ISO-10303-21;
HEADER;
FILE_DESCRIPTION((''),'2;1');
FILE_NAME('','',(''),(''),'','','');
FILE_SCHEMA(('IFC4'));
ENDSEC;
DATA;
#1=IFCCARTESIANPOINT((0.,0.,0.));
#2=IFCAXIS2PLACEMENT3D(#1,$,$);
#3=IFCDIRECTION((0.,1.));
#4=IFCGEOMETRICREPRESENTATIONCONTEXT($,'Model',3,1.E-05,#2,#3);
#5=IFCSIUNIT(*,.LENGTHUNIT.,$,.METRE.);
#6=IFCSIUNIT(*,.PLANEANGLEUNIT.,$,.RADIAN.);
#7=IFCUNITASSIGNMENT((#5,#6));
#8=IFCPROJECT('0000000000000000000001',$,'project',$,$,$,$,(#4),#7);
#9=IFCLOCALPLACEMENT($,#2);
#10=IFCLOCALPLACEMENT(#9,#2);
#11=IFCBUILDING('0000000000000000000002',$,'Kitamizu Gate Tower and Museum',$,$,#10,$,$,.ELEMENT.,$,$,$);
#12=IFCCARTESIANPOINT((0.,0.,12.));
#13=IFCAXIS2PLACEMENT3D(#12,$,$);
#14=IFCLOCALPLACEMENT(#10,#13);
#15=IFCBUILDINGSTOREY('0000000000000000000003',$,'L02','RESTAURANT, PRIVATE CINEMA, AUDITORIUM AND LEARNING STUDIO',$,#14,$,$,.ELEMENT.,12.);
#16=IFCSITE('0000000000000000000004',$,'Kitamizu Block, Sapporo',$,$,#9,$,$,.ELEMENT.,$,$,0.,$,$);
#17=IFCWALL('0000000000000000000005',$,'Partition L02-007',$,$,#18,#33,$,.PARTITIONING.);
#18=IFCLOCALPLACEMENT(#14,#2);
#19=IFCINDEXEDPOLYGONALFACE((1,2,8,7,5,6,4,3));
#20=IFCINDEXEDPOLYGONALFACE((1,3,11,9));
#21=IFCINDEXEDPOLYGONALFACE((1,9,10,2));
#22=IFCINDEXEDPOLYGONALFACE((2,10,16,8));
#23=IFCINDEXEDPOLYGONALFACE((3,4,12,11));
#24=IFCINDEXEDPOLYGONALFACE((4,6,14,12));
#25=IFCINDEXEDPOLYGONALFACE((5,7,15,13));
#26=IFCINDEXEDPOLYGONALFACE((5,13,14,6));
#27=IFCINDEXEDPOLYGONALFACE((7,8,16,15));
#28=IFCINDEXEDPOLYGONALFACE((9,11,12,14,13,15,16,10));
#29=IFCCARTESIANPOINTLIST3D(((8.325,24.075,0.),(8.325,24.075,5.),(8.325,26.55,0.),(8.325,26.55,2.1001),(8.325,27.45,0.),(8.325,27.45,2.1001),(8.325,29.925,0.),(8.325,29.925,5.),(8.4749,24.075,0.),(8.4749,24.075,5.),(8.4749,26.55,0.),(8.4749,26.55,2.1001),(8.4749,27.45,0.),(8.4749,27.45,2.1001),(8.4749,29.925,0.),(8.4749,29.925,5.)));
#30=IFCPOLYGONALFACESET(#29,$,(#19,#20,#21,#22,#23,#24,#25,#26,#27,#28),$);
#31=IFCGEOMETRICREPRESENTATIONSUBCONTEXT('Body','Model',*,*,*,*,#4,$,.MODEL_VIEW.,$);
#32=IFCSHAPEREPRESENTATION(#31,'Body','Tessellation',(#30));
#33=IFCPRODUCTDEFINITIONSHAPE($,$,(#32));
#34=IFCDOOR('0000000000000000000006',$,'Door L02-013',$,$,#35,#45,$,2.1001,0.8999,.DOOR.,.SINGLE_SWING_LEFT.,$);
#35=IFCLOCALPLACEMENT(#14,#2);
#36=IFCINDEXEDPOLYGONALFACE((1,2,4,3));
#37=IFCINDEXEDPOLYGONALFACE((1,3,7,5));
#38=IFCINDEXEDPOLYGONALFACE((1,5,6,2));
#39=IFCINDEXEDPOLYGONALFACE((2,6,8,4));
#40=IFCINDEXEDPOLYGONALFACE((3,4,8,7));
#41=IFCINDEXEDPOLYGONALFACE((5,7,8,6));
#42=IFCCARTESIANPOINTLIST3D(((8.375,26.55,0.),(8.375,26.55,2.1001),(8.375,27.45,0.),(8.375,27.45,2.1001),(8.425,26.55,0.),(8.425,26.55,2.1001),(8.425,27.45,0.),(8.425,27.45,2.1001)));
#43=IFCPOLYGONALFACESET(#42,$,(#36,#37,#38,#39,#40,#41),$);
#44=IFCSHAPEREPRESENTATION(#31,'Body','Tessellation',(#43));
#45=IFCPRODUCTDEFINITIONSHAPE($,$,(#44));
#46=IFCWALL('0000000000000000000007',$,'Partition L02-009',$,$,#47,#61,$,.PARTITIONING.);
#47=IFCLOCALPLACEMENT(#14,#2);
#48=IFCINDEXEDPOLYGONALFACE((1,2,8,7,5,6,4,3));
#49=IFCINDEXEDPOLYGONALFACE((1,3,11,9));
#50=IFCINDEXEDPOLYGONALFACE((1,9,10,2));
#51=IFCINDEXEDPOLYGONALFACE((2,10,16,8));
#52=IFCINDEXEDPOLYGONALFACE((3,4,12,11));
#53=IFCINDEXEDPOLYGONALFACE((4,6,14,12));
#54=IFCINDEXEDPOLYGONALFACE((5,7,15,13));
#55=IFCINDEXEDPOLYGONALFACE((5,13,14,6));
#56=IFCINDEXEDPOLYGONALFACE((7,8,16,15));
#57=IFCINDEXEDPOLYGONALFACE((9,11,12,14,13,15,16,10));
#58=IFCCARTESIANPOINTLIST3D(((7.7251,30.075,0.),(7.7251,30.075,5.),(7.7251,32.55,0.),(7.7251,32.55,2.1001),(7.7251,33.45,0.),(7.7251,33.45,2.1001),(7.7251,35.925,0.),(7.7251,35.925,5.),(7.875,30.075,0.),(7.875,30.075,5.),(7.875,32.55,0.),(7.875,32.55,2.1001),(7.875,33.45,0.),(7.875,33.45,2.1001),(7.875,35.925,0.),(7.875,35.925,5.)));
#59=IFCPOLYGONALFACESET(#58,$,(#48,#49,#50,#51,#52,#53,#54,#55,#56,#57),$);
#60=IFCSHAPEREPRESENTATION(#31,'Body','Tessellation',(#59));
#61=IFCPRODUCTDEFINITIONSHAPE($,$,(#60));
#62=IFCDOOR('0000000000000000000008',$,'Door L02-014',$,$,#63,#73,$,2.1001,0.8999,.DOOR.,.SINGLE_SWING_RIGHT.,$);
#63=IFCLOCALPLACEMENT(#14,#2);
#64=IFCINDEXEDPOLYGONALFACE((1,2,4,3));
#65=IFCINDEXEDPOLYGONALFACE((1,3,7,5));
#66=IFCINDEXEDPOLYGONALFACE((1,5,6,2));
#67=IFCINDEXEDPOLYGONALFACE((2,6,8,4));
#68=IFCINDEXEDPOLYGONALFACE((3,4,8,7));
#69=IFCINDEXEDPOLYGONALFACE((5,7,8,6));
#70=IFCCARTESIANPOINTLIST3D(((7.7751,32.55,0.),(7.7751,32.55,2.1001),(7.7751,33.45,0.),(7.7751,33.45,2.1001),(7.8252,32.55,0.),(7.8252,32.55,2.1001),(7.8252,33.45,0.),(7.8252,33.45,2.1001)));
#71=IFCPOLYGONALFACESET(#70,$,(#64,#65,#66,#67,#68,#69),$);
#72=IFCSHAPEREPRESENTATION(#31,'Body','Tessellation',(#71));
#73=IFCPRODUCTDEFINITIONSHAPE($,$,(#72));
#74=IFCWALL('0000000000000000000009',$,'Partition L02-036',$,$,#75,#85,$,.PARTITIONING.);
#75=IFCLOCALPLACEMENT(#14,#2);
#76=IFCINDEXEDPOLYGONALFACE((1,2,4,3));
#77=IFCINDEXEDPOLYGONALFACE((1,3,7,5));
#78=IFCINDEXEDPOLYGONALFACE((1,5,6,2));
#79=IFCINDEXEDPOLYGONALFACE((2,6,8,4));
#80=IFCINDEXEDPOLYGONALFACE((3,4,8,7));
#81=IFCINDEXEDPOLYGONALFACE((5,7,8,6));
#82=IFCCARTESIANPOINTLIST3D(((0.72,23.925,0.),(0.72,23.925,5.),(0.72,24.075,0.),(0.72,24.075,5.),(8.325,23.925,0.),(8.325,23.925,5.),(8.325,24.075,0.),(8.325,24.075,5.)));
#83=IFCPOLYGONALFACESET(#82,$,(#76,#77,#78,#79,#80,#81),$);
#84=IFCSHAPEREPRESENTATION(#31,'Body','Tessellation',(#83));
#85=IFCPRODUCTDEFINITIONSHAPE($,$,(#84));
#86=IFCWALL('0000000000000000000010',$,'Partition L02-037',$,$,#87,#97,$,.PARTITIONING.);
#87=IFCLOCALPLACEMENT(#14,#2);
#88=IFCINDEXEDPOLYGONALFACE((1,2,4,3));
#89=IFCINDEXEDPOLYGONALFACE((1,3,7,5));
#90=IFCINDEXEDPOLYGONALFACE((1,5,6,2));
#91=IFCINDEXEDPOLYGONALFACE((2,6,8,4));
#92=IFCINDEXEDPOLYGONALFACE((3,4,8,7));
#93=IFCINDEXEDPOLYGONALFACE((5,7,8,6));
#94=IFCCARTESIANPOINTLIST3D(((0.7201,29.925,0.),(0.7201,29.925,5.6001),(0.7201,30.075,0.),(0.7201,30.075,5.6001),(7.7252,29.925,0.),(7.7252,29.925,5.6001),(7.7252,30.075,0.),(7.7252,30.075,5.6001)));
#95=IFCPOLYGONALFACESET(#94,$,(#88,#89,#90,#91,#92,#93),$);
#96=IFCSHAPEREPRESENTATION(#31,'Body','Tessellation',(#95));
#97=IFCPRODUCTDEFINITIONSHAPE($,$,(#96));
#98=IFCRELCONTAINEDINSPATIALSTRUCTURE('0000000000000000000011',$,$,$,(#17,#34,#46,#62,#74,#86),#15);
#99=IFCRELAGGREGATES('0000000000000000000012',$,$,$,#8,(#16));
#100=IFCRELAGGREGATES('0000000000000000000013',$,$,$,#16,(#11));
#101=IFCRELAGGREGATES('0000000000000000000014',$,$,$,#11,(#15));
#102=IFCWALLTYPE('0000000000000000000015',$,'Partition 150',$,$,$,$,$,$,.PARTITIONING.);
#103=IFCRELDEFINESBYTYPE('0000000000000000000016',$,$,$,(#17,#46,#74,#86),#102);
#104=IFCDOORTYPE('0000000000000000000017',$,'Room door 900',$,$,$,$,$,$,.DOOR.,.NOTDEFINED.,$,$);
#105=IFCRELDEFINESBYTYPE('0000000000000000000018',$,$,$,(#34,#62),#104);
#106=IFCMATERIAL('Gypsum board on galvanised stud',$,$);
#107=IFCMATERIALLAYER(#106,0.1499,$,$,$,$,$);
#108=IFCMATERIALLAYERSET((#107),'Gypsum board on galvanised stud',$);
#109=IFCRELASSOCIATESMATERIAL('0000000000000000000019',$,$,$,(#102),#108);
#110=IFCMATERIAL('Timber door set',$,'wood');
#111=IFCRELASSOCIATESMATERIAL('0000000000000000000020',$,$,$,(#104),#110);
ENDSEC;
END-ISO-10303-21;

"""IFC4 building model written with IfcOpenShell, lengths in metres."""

from ifc_helpers import new_model, si_unit, direction, frame, frame_2d, origin, place, context, subcontext, project, spatial, rectangle, extrude, material, layer, layer_set, type_object, element, fill, save


model = new_model("IFC4")

# Units and contexts
model_context = context("Model", 3, precision=1e-05, world=origin(), true_north=direction((0.0, 1.0)))
body_context = subcontext(model_context, "Body", "Model", "MODEL_VIEW")
ifc_project = project(units=[si_unit("LENGTHUNIT", "METRE"), si_unit("PLANEANGLEUNIT", "RADIAN")], contexts=[model_context])

# Site, building, storey
site_placement = place(None, origin())
site = spatial("IfcSite", under=ifc_project, at=site_placement, Name="Kitamizu Block, Sapporo", CompositionType="ELEMENT", RefElevation=0.0)
building_placement = place(site_placement, origin())
building = spatial("IfcBuilding", under=site, at=building_placement, Name="Kitamizu Gate Tower and Museum", CompositionType="ELEMENT")
storey_placement = place(building_placement, frame((0.0, 0.0, 12.0)))
storey = spatial("IfcBuildingStorey", under=building, at=storey_placement, Name="L02", Description="RESTAURANT, PRIVATE CINEMA, AUDITORIUM AND LEARNING STUDIO", CompositionType="ELEMENT", Elevation=12.0)

# Shared definitions
ifc_material_1 = material(Name="Gypsum board on galvanised stud")
ifc_layer_1 = layer(ifc_material_1, 0.1499)
ifc_layer_set_1 = layer_set([ifc_layer_1], Name="Gypsum board on galvanised stud")
wall_type_1 = type_object("IfcWallType", Name="Partition 150", PredefinedType="PARTITIONING", material=ifc_layer_set_1)

# Shared definitions
ifc_material_2 = material(Name="Timber door set", Category="wood")
door_type_1 = type_object("IfcDoorType", Name="Room door 900", OperationType="NOTDEFINED", PredefinedType="DOOR", material=ifc_material_2)

# Walls, openings, doors
wall_1_placement = place(storey_placement, frame((8.3999, 29.925, 0.0), z_axis=(0.0, 0.0, 1.0), x_axis=(0.0, -1.0, 0.0)))
wall_1 = element("IfcWall", 1, at=wall_1_placement, inside=storey, type_object=wall_type_1, Name="Partition L02-007", PredefinedType="PARTITIONING", context=body_context, shape_type="SweptSolid", body=[
    extrude(rectangle(XDim=5.8501, YDim=0.1499, at=frame_2d((2.925, 0.0))), origin(), (0.0, 0.0, 1.0), 5.0),
])
opening_1_placement = place(wall_1_placement, frame((2.4751, 0.0, 0.0)))
opening_1 = element("IfcOpeningElement", 2, at=opening_1_placement, cuts=wall_1, PredefinedType="OPENING", context=body_context, shape_type="SweptSolid", body=[
    extrude(rectangle(XDim=0.8999, YDim=2.1001, at=frame_2d((0.45, 1.05))), frame((0.0, 0.085, 0.0), z_axis=(0.0, -1.0, 0.0), x_axis=(1.0, 0.0, 0.0)), (0.0, 0.0, 1.0), 0.1699),
])
door_1_placement = place(opening_1_placement, frame((0.8999, 0.0, 0.0), x_axis=(-1.0, 0.0, 0.0)))
door_1 = element("IfcDoor", 3, at=door_1_placement, inside=storey, type_object=door_type_1, Name="Door L02-013", OperationType="SINGLE_SWING_LEFT", OverallHeight=2.1001, OverallWidth=0.8999, PredefinedType="DOOR", context=body_context, shape_type="SweptSolid", body=[
    extrude(rectangle(XDim=0.8999, YDim=2.1001, at=frame_2d((0.45, 1.05))), frame((0.0, 0.0249, 0.0), z_axis=(0.0, -1.0, 0.0), x_axis=(1.0, 0.0, 0.0)), (0.0, 0.0, 1.0), 0.05),
])
fill(opening_1, door_1)
wall_2_placement = place(storey_placement, frame((7.8, 35.925, 0.0), z_axis=(0.0, 0.0, 1.0), x_axis=(0.0, -1.0, 0.0)))
wall_2 = element("IfcWall", 4, at=wall_2_placement, inside=storey, type_object=wall_type_1, Name="Partition L02-009", PredefinedType="PARTITIONING", context=body_context, shape_type="SweptSolid", body=[
    extrude(rectangle(XDim=5.8501, YDim=0.1499, at=frame_2d((2.925, 0.0))), origin(), (0.0, 0.0, 1.0), 5.0),
])
opening_2_placement = place(wall_2_placement, frame((2.4751, 0.0, 0.0)))
opening_2 = element("IfcOpeningElement", 5, at=opening_2_placement, cuts=wall_2, PredefinedType="OPENING", context=body_context, shape_type="SweptSolid", body=[
    extrude(rectangle(XDim=0.8999, YDim=2.1001, at=frame_2d((0.45, 1.05))), frame((0.0, 0.085, 0.0), z_axis=(0.0, -1.0, 0.0), x_axis=(1.0, 0.0, 0.0)), (0.0, 0.0, 1.0), 0.1699),
])
door_2_placement = place(opening_2_placement, frame((0.8999, 0.0, 0.0), x_axis=(-1.0, 0.0, 0.0)))
door_2 = element("IfcDoor", 6, at=door_2_placement, inside=storey, type_object=door_type_1, Name="Door L02-014", OperationType="SINGLE_SWING_RIGHT", OverallHeight=2.1001, OverallWidth=0.8999, PredefinedType="DOOR", context=body_context, shape_type="SweptSolid", body=[
    extrude(rectangle(XDim=0.8999, YDim=2.1001, at=frame_2d((0.45, 1.05))), frame((0.0, 0.0249, 0.0), z_axis=(0.0, -1.0, 0.0), x_axis=(1.0, 0.0, 0.0)), (0.0, 0.0, 1.0), 0.05),
])
fill(opening_2, door_2)

# Walls
wall_3_placement = place(storey_placement, frame((8.325, 24.0, 0.0), z_axis=(0.0, 0.0, 1.0), x_axis=(-1.0, 0.0, 0.0)))
element("IfcWall", 7, at=wall_3_placement, inside=storey, type_object=wall_type_1, Name="Partition L02-036", PredefinedType="PARTITIONING", context=body_context, shape_type="SweptSolid", body=[
    extrude(rectangle(XDim=7.605, YDim=0.1499, at=frame_2d((3.8025, 0.0))), origin(), (0.0, 0.0, 1.0), 5.0),
])
wall_4_placement = place(storey_placement, frame((7.7251, 30.0, 0.0), z_axis=(0.0, 0.0, 1.0), x_axis=(-1.0, 0.0, 0.0)))
element("IfcWall", 8, at=wall_4_placement, inside=storey, type_object=wall_type_1, Name="Partition L02-037", PredefinedType="PARTITIONING", context=body_context, shape_type="SweptSolid", body=[
    extrude(rectangle(XDim=7.0051, YDim=0.1499, at=frame_2d((3.5024, 0.0))), origin(), (0.0, 0.0, 1.0), 5.6001),
])

save(model, "model.ifc")
